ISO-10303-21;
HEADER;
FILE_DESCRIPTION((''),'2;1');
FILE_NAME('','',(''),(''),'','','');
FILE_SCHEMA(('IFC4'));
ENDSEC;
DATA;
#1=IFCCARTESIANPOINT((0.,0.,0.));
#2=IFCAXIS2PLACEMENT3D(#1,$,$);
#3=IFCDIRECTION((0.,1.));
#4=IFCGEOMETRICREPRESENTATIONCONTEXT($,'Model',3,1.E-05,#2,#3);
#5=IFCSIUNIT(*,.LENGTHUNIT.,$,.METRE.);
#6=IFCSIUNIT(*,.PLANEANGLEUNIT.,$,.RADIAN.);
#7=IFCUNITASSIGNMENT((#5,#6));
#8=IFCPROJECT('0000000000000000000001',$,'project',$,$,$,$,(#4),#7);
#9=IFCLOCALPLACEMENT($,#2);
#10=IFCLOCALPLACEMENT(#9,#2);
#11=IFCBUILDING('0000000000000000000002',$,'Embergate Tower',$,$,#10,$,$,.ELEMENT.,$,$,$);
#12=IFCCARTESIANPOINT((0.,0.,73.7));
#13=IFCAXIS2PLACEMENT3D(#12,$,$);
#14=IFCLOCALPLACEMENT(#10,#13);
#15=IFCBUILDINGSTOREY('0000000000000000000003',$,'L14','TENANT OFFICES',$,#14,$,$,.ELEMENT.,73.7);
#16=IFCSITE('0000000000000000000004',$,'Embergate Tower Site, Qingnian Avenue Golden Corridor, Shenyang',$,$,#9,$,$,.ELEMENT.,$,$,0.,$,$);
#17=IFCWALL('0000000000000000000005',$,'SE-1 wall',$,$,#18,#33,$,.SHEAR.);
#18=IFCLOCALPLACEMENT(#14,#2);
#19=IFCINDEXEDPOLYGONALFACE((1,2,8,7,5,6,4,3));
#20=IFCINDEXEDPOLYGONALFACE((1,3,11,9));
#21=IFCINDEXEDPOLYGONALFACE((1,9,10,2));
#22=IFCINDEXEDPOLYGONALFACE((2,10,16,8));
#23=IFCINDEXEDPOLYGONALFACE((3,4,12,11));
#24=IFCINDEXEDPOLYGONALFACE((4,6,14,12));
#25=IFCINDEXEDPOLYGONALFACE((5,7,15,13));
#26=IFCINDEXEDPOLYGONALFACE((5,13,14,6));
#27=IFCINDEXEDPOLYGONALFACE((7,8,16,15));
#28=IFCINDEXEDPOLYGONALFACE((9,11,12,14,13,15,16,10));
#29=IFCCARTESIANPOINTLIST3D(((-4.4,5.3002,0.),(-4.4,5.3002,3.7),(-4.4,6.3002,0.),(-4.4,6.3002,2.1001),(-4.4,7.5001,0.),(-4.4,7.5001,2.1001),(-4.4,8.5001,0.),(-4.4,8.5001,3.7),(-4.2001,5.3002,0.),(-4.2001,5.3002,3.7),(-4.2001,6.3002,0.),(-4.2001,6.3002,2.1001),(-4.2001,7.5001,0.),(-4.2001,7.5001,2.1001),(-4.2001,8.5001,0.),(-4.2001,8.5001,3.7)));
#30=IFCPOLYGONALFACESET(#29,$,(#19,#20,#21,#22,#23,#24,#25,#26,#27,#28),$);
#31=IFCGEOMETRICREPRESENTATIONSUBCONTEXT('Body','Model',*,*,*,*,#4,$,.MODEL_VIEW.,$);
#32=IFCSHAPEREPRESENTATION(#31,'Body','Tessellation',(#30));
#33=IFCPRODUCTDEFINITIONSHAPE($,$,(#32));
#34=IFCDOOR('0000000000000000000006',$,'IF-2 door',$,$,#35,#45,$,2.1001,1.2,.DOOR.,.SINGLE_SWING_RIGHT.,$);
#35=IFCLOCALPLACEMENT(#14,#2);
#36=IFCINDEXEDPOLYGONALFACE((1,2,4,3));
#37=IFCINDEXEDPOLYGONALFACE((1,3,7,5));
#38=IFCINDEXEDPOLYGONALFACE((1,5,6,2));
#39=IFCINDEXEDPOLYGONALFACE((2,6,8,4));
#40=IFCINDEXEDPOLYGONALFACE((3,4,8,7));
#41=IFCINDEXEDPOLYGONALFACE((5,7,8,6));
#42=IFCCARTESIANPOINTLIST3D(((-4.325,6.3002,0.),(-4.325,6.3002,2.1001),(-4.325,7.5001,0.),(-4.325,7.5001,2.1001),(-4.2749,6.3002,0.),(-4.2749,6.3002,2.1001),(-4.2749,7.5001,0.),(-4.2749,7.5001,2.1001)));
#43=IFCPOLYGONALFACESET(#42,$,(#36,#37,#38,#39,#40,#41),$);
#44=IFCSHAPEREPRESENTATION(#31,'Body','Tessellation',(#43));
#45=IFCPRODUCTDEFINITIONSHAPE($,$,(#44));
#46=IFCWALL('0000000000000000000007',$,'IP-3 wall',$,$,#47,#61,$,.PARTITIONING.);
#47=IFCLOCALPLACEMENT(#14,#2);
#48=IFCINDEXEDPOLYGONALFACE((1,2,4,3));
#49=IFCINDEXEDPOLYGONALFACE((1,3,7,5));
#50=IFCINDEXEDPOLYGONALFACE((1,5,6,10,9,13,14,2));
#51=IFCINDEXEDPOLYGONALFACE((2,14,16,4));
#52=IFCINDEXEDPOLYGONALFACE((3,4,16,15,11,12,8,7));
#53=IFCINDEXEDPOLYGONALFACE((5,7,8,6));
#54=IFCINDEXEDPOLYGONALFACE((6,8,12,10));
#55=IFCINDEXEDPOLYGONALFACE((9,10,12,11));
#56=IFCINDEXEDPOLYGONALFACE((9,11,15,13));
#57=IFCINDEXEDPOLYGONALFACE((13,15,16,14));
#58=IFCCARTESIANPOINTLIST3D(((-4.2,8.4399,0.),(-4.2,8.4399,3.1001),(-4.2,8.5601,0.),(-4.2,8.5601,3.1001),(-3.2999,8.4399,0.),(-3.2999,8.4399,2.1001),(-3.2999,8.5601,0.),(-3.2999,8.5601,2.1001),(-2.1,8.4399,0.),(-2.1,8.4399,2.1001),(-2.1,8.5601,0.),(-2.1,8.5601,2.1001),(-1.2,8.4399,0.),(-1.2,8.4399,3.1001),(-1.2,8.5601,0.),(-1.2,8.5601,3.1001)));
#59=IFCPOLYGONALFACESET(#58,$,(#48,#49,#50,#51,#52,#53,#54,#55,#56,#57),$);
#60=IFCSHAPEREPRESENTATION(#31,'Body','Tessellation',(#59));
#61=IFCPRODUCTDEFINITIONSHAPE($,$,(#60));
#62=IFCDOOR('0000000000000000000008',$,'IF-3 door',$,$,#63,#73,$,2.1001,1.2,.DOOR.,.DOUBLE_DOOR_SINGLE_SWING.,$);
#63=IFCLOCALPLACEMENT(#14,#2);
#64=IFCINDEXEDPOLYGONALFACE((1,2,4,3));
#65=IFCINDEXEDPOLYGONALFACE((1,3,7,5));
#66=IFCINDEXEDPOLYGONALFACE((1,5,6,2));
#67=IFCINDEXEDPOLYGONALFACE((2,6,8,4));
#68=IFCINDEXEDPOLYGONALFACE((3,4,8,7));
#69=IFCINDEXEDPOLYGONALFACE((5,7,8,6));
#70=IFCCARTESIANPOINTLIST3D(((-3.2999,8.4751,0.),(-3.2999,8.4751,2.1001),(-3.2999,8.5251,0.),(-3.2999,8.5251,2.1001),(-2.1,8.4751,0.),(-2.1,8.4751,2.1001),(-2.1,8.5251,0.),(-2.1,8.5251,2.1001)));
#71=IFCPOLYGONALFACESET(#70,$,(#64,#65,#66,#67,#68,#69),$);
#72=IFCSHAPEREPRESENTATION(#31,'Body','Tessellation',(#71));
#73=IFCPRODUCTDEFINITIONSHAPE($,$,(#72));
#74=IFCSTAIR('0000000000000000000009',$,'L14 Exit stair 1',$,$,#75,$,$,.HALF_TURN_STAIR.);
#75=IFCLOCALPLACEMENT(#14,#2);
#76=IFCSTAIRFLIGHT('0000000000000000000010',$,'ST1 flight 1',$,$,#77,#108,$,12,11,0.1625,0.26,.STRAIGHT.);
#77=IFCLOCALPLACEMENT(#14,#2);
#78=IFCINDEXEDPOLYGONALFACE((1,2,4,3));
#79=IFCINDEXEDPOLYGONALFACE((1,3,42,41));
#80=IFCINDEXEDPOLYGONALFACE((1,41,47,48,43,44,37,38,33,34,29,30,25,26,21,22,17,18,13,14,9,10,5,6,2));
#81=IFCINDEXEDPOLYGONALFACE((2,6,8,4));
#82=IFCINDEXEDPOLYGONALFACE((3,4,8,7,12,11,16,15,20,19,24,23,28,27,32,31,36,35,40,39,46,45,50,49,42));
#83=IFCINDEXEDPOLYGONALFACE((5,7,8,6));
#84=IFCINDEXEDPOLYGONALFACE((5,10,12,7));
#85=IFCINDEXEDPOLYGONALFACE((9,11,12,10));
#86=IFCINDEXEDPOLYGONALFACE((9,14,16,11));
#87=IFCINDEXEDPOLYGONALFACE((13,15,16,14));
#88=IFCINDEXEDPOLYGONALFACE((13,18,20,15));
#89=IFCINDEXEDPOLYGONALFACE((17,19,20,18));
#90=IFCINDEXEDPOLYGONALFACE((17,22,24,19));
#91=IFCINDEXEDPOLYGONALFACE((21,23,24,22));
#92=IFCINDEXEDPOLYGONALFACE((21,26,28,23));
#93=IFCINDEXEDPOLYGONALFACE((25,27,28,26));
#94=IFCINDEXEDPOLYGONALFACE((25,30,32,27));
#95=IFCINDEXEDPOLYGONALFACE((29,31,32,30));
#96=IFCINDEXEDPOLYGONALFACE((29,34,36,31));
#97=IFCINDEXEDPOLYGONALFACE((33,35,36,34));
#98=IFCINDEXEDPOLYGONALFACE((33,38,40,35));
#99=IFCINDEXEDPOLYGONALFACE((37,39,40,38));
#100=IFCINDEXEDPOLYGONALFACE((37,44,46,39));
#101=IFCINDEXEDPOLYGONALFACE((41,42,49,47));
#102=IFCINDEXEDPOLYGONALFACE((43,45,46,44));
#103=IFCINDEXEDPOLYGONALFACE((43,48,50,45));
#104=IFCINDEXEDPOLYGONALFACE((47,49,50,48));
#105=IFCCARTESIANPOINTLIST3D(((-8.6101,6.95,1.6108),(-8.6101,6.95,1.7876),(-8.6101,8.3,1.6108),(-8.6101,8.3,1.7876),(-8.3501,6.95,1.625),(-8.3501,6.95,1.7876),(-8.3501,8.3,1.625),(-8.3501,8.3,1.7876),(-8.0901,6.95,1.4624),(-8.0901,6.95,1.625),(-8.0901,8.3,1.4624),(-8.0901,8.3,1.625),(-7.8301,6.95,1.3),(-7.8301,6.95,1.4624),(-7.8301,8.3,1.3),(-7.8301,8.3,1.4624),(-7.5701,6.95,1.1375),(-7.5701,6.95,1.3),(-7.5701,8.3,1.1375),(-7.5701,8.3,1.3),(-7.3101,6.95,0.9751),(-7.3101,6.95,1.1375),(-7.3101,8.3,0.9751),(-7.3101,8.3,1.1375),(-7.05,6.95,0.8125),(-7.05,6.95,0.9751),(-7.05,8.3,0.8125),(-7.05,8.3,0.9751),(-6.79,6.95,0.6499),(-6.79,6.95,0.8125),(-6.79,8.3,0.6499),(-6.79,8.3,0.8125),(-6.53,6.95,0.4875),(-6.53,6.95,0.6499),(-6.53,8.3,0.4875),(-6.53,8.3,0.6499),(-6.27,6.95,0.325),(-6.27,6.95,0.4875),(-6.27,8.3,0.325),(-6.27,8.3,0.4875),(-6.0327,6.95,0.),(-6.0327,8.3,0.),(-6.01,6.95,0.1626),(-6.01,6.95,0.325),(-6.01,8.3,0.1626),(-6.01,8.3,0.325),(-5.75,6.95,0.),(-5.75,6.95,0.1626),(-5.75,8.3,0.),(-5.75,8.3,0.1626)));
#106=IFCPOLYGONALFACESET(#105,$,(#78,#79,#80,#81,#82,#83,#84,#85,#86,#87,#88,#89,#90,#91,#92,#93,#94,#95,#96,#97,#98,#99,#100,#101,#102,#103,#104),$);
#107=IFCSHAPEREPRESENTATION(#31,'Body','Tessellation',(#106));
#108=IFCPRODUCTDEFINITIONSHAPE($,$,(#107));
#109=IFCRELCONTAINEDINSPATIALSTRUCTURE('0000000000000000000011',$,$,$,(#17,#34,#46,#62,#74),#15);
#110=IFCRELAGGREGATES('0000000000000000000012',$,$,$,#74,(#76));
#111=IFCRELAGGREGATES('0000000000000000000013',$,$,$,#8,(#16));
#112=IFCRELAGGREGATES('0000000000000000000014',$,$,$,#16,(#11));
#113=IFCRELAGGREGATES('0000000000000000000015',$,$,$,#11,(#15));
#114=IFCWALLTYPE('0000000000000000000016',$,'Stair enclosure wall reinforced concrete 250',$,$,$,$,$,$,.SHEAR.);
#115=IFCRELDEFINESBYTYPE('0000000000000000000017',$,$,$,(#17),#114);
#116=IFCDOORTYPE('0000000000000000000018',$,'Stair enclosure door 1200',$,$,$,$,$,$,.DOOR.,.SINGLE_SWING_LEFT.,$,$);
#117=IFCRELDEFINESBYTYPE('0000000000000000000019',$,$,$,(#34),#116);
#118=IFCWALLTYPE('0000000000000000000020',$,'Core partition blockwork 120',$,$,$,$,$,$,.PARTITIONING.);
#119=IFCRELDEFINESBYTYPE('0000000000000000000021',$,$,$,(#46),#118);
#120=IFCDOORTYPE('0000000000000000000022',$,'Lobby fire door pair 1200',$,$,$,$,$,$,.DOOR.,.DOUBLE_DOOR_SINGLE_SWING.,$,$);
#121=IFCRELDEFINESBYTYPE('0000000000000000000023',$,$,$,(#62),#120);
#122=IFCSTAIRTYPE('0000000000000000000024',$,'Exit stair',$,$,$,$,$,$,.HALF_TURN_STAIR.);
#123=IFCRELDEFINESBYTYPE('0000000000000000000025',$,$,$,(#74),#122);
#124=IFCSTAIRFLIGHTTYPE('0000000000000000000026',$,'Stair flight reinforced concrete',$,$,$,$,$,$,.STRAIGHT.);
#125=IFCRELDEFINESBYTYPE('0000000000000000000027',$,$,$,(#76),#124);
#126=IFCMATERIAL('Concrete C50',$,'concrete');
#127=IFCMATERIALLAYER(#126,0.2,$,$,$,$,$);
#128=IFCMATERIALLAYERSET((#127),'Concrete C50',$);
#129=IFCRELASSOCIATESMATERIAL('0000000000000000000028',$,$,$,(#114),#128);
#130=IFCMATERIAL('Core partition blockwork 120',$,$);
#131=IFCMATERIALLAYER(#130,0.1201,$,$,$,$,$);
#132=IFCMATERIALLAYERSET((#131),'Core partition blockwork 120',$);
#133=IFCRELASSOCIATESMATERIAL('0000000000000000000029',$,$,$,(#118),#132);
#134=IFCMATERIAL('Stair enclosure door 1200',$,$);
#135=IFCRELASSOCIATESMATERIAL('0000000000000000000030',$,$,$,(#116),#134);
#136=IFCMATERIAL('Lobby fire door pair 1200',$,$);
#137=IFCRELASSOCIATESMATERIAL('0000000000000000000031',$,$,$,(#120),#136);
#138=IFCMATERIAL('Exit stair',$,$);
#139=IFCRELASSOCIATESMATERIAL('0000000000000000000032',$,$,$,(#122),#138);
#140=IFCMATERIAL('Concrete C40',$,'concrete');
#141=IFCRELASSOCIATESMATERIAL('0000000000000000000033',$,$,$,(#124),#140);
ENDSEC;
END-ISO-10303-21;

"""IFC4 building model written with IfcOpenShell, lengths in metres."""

from ifc_helpers import new_model, si_unit, direction, frame, frame_2d, origin, place, context, subcontext, project, spatial, polyline, rectangle, outline, extrude, source, transform, mapped, material, layer, layer_set, type_object, element, fill, aggregate, save


model = new_model("IFC4")

# Units and contexts
model_context = context("Model", 3, precision=1e-05, world=origin(), true_north=direction((0.0, 1.0)))
body_context = subcontext(model_context, "Body", "Model", "MODEL_VIEW")
ifc_project = project(units=[si_unit("LENGTHUNIT", "METRE"), si_unit("PLANEANGLEUNIT", "RADIAN")], contexts=[model_context])

# Site, building, storey
site_placement = place(None, origin())
site = spatial("IfcSite", under=ifc_project, at=site_placement, Name="Embergate Tower Site, Qingnian Avenue Golden Corridor, Shenyang", CompositionType="ELEMENT", RefElevation=0.0)
building_placement = place(site_placement, origin())
building = spatial("IfcBuilding", under=site, at=building_placement, Name="Embergate Tower", CompositionType="ELEMENT")
storey_placement = place(building_placement, frame((0.0, 0.0, 73.7)))
storey = spatial("IfcBuildingStorey", under=building, at=storey_placement, Name="L14", Description="TENANT OFFICES", CompositionType="ELEMENT", Elevation=73.7)

# Shared definitions
ifc_material_1 = material(Name="Concrete C50", Category="concrete")

# Shared definitions
ifc_layer_1 = layer(ifc_material_1, 0.2)
ifc_layer_set_1 = layer_set([ifc_layer_1], Name="Concrete C50")
wall_type_1 = type_object("IfcWallType", Name="Stair enclosure wall reinforced concrete 250", PredefinedType="SHEAR", material=ifc_layer_set_1)

# Walls, openings, doors
ifc_material_2 = material(Name="Core partition blockwork 120")
ifc_layer_2 = layer(ifc_material_2, 0.1201)
ifc_layer_set_2 = layer_set([ifc_layer_2], Name="Core partition blockwork 120")
wall_type_2 = type_object("IfcWallType", Name="Core partition blockwork 120", PredefinedType="PARTITIONING", material=ifc_layer_set_2)
shared_shape_1 = source(origin(), body_context, "Body", "SweptSolid", [
    extrude(rectangle(XDim=3.2, YDim=0.2, at=frame_2d((1.6001, 0.0))), origin(), (0.0, 0.0, 1.0), 3.7),
])
wall_1_placement = place(storey_placement, frame((-4.3, 5.3, 0.0), z_axis=(0.0, 0.0, 1.0), x_axis=(0.0, 1.0, 0.0)))
wall_1 = element("IfcWall", 1, at=wall_1_placement, inside=storey, type_object=wall_type_1, Name="SE-1 wall", PredefinedType="SHEAR", context=body_context, shape_type="MappedRepresentation", body=[
    mapped(shared_shape_1, transform((0.0, 0.0, 0.0))),
])
shared_shape_2 = source(origin(), body_context, "Body", "SweptSolid", [
    extrude(rectangle(XDim=1.2, YDim=2.1001, at=frame_2d((0.6001, 1.05))), frame((0.0, 0.1099, 0.0), z_axis=(0.0, -1.0, 0.0), x_axis=(1.0, 0.0, 0.0)), (0.0, 0.0, 1.0), 0.22),
])
opening_1_placement = place(wall_1_placement, frame((1.0, 0.0, 0.0)))
opening_1 = element("IfcOpeningElement", 2, at=opening_1_placement, cuts=wall_1, PredefinedType="OPENING", context=body_context, shape_type="MappedRepresentation", body=[
    mapped(shared_shape_2, transform((0.0, 0.0, 0.0))),
])
ifc_material_3 = material(Name="Stair enclosure door 1200")
door_type_1 = type_object("IfcDoorType", Name="Stair enclosure door 1200", OperationType="SINGLE_SWING_LEFT", PredefinedType="DOOR", material=ifc_material_3)
shared_shape_3 = source(origin(), body_context, "Body", "SweptSolid", [
    extrude(rectangle(XDim=1.2, YDim=2.1001, at=frame_2d((0.6001, 1.05))), frame((0.0, 0.0249, 0.0), z_axis=(0.0, -1.0, 0.0), x_axis=(1.0, 0.0, 0.0)), (0.0, 0.0, 1.0), 0.05),
])
door_1_placement = place(opening_1_placement, origin())
door_1 = element("IfcDoor", 3, at=door_1_placement, inside=storey, type_object=door_type_1, Name="IF-2 door", OperationType="SINGLE_SWING_RIGHT", OverallHeight=2.1001, OverallWidth=1.2, PredefinedType="DOOR", context=body_context, shape_type="MappedRepresentation", body=[
    mapped(shared_shape_3, transform((0.0, 0.0, 0.0))),
])
fill(opening_1, door_1)
shared_shape_4 = source(origin(), body_context, "Body", "SweptSolid", [
    extrude(rectangle(XDim=3.0, YDim=0.1201, at=frame_2d((1.5, 0.0))), origin(), (0.0, 0.0, 1.0), 3.1001),
])
wall_2_placement = place(storey_placement, frame((-1.2, 8.5, 0.0), z_axis=(0.0, 0.0, 1.0), x_axis=(-1.0, 0.0, 0.0)))
wall_2 = element("IfcWall", 4, at=wall_2_placement, inside=storey, type_object=wall_type_2, Name="IP-3 wall", PredefinedType="PARTITIONING", context=body_context, shape_type="MappedRepresentation", body=[
    mapped(shared_shape_4, transform((0.0, 0.0, 0.0))),
])
shared_shape_5 = source(origin(), body_context, "Body", "SweptSolid", [
    extrude(rectangle(XDim=1.2, YDim=2.1001, at=frame_2d((0.6001, 1.05))), frame((0.0, 0.0701, 0.0), z_axis=(0.0, -1.0, 0.0), x_axis=(1.0, 0.0, 0.0)), (0.0, 0.0, 1.0), 0.1401),
])
opening_2_placement = place(wall_2_placement, frame((0.8999, 0.0, 0.0)))
opening_2 = element("IfcOpeningElement", 5, at=opening_2_placement, cuts=wall_2, PredefinedType="OPENING", context=body_context, shape_type="MappedRepresentation", body=[
    mapped(shared_shape_5, transform((0.0, 0.0, 0.0))),
])
ifc_material_4 = material(Name="Lobby fire door pair 1200")
door_type_2 = type_object("IfcDoorType", Name="Lobby fire door pair 1200", OperationType="DOUBLE_DOOR_SINGLE_SWING", PredefinedType="DOOR", material=ifc_material_4)
door_2_placement = place(opening_2_placement, origin())
door_2 = element("IfcDoor", 6, at=door_2_placement, inside=storey, type_object=door_type_2, Name="IF-3 door", OperationType="DOUBLE_DOOR_SINGLE_SWING", OverallHeight=2.1001, OverallWidth=1.2, PredefinedType="DOOR", context=body_context, shape_type="MappedRepresentation", body=[
    mapped(shared_shape_3, transform((0.0, 0.0, 0.0))),
])
fill(opening_2, door_2)

# Stair, stair flight
ifc_material_5 = material(Name="Exit stair")
stair_type = type_object("IfcStairType", Name="Exit stair", PredefinedType="HALF_TURN_STAIR", material=ifc_material_5)
stair_placement = place(storey_placement, origin())
stair = element("IfcStair", 7, at=stair_placement, inside=storey, type_object=stair_type, Name="L14 Exit stair 1", PredefinedType="HALF_TURN_STAIR")
ifc_material_6 = material(Name="Concrete C40", Category="concrete")
stair_flight_type = type_object("IfcStairFlightType", Name="Stair flight reinforced concrete", PredefinedType="STRAIGHT", material=ifc_material_6)
shared_shape_6 = source(origin(), body_context, "Body", "SweptSolid", [
    extrude(outline(polyline([(0.0, 0.0), (0.0, 0.1626), (0.26, 0.1626), (0.26, 0.325), (0.52, 0.325), (0.52, 0.4875), (0.78, 0.4875), (0.78, 0.6499), (1.04, 0.6499), (1.04, 0.8125), (1.3, 0.8125), (1.3, 0.9751), (1.5601, 0.9751), (1.5601, 1.1375), (1.8201, 1.1375), (1.8201, 1.3), (2.0801, 1.3), (2.0801, 1.4624), (2.3401, 1.4624), (2.3401, 1.625), (2.6001, 1.625), (2.6001, 1.7876), (2.8601, 1.7876), (2.8601, 1.95), (2.8601, 1.6108), (0.2827, 0.0), (0.0, 0.0)])), frame((0.0, 0.675, 0.0), z_axis=(0.0, -1.0, 0.0), x_axis=(1.0, 0.0, 0.0)), (0.0, 0.0, 1.0), 1.3501),
])
stair_flight_placement = place(storey_placement, frame((-5.75, 7.625, 0.0), z_axis=(0.0, 0.0, 1.0), x_axis=(-1.0, 0.0, 0.0)))
stair_flight = element("IfcStairFlight", 8, at=stair_flight_placement, type_object=stair_flight_type, Name="ST1 flight 1", NumberOfRisers=12, NumberOfTreads=11, PredefinedType="STRAIGHT", RiserHeight=0.1625, TreadLength=0.26, context=body_context, shape_type="MappedRepresentation", body=[
    mapped(shared_shape_6, transform((0.0, 0.0, 0.0))),
])
aggregate(stair, [stair_flight])

save(model, "model.ifc")
